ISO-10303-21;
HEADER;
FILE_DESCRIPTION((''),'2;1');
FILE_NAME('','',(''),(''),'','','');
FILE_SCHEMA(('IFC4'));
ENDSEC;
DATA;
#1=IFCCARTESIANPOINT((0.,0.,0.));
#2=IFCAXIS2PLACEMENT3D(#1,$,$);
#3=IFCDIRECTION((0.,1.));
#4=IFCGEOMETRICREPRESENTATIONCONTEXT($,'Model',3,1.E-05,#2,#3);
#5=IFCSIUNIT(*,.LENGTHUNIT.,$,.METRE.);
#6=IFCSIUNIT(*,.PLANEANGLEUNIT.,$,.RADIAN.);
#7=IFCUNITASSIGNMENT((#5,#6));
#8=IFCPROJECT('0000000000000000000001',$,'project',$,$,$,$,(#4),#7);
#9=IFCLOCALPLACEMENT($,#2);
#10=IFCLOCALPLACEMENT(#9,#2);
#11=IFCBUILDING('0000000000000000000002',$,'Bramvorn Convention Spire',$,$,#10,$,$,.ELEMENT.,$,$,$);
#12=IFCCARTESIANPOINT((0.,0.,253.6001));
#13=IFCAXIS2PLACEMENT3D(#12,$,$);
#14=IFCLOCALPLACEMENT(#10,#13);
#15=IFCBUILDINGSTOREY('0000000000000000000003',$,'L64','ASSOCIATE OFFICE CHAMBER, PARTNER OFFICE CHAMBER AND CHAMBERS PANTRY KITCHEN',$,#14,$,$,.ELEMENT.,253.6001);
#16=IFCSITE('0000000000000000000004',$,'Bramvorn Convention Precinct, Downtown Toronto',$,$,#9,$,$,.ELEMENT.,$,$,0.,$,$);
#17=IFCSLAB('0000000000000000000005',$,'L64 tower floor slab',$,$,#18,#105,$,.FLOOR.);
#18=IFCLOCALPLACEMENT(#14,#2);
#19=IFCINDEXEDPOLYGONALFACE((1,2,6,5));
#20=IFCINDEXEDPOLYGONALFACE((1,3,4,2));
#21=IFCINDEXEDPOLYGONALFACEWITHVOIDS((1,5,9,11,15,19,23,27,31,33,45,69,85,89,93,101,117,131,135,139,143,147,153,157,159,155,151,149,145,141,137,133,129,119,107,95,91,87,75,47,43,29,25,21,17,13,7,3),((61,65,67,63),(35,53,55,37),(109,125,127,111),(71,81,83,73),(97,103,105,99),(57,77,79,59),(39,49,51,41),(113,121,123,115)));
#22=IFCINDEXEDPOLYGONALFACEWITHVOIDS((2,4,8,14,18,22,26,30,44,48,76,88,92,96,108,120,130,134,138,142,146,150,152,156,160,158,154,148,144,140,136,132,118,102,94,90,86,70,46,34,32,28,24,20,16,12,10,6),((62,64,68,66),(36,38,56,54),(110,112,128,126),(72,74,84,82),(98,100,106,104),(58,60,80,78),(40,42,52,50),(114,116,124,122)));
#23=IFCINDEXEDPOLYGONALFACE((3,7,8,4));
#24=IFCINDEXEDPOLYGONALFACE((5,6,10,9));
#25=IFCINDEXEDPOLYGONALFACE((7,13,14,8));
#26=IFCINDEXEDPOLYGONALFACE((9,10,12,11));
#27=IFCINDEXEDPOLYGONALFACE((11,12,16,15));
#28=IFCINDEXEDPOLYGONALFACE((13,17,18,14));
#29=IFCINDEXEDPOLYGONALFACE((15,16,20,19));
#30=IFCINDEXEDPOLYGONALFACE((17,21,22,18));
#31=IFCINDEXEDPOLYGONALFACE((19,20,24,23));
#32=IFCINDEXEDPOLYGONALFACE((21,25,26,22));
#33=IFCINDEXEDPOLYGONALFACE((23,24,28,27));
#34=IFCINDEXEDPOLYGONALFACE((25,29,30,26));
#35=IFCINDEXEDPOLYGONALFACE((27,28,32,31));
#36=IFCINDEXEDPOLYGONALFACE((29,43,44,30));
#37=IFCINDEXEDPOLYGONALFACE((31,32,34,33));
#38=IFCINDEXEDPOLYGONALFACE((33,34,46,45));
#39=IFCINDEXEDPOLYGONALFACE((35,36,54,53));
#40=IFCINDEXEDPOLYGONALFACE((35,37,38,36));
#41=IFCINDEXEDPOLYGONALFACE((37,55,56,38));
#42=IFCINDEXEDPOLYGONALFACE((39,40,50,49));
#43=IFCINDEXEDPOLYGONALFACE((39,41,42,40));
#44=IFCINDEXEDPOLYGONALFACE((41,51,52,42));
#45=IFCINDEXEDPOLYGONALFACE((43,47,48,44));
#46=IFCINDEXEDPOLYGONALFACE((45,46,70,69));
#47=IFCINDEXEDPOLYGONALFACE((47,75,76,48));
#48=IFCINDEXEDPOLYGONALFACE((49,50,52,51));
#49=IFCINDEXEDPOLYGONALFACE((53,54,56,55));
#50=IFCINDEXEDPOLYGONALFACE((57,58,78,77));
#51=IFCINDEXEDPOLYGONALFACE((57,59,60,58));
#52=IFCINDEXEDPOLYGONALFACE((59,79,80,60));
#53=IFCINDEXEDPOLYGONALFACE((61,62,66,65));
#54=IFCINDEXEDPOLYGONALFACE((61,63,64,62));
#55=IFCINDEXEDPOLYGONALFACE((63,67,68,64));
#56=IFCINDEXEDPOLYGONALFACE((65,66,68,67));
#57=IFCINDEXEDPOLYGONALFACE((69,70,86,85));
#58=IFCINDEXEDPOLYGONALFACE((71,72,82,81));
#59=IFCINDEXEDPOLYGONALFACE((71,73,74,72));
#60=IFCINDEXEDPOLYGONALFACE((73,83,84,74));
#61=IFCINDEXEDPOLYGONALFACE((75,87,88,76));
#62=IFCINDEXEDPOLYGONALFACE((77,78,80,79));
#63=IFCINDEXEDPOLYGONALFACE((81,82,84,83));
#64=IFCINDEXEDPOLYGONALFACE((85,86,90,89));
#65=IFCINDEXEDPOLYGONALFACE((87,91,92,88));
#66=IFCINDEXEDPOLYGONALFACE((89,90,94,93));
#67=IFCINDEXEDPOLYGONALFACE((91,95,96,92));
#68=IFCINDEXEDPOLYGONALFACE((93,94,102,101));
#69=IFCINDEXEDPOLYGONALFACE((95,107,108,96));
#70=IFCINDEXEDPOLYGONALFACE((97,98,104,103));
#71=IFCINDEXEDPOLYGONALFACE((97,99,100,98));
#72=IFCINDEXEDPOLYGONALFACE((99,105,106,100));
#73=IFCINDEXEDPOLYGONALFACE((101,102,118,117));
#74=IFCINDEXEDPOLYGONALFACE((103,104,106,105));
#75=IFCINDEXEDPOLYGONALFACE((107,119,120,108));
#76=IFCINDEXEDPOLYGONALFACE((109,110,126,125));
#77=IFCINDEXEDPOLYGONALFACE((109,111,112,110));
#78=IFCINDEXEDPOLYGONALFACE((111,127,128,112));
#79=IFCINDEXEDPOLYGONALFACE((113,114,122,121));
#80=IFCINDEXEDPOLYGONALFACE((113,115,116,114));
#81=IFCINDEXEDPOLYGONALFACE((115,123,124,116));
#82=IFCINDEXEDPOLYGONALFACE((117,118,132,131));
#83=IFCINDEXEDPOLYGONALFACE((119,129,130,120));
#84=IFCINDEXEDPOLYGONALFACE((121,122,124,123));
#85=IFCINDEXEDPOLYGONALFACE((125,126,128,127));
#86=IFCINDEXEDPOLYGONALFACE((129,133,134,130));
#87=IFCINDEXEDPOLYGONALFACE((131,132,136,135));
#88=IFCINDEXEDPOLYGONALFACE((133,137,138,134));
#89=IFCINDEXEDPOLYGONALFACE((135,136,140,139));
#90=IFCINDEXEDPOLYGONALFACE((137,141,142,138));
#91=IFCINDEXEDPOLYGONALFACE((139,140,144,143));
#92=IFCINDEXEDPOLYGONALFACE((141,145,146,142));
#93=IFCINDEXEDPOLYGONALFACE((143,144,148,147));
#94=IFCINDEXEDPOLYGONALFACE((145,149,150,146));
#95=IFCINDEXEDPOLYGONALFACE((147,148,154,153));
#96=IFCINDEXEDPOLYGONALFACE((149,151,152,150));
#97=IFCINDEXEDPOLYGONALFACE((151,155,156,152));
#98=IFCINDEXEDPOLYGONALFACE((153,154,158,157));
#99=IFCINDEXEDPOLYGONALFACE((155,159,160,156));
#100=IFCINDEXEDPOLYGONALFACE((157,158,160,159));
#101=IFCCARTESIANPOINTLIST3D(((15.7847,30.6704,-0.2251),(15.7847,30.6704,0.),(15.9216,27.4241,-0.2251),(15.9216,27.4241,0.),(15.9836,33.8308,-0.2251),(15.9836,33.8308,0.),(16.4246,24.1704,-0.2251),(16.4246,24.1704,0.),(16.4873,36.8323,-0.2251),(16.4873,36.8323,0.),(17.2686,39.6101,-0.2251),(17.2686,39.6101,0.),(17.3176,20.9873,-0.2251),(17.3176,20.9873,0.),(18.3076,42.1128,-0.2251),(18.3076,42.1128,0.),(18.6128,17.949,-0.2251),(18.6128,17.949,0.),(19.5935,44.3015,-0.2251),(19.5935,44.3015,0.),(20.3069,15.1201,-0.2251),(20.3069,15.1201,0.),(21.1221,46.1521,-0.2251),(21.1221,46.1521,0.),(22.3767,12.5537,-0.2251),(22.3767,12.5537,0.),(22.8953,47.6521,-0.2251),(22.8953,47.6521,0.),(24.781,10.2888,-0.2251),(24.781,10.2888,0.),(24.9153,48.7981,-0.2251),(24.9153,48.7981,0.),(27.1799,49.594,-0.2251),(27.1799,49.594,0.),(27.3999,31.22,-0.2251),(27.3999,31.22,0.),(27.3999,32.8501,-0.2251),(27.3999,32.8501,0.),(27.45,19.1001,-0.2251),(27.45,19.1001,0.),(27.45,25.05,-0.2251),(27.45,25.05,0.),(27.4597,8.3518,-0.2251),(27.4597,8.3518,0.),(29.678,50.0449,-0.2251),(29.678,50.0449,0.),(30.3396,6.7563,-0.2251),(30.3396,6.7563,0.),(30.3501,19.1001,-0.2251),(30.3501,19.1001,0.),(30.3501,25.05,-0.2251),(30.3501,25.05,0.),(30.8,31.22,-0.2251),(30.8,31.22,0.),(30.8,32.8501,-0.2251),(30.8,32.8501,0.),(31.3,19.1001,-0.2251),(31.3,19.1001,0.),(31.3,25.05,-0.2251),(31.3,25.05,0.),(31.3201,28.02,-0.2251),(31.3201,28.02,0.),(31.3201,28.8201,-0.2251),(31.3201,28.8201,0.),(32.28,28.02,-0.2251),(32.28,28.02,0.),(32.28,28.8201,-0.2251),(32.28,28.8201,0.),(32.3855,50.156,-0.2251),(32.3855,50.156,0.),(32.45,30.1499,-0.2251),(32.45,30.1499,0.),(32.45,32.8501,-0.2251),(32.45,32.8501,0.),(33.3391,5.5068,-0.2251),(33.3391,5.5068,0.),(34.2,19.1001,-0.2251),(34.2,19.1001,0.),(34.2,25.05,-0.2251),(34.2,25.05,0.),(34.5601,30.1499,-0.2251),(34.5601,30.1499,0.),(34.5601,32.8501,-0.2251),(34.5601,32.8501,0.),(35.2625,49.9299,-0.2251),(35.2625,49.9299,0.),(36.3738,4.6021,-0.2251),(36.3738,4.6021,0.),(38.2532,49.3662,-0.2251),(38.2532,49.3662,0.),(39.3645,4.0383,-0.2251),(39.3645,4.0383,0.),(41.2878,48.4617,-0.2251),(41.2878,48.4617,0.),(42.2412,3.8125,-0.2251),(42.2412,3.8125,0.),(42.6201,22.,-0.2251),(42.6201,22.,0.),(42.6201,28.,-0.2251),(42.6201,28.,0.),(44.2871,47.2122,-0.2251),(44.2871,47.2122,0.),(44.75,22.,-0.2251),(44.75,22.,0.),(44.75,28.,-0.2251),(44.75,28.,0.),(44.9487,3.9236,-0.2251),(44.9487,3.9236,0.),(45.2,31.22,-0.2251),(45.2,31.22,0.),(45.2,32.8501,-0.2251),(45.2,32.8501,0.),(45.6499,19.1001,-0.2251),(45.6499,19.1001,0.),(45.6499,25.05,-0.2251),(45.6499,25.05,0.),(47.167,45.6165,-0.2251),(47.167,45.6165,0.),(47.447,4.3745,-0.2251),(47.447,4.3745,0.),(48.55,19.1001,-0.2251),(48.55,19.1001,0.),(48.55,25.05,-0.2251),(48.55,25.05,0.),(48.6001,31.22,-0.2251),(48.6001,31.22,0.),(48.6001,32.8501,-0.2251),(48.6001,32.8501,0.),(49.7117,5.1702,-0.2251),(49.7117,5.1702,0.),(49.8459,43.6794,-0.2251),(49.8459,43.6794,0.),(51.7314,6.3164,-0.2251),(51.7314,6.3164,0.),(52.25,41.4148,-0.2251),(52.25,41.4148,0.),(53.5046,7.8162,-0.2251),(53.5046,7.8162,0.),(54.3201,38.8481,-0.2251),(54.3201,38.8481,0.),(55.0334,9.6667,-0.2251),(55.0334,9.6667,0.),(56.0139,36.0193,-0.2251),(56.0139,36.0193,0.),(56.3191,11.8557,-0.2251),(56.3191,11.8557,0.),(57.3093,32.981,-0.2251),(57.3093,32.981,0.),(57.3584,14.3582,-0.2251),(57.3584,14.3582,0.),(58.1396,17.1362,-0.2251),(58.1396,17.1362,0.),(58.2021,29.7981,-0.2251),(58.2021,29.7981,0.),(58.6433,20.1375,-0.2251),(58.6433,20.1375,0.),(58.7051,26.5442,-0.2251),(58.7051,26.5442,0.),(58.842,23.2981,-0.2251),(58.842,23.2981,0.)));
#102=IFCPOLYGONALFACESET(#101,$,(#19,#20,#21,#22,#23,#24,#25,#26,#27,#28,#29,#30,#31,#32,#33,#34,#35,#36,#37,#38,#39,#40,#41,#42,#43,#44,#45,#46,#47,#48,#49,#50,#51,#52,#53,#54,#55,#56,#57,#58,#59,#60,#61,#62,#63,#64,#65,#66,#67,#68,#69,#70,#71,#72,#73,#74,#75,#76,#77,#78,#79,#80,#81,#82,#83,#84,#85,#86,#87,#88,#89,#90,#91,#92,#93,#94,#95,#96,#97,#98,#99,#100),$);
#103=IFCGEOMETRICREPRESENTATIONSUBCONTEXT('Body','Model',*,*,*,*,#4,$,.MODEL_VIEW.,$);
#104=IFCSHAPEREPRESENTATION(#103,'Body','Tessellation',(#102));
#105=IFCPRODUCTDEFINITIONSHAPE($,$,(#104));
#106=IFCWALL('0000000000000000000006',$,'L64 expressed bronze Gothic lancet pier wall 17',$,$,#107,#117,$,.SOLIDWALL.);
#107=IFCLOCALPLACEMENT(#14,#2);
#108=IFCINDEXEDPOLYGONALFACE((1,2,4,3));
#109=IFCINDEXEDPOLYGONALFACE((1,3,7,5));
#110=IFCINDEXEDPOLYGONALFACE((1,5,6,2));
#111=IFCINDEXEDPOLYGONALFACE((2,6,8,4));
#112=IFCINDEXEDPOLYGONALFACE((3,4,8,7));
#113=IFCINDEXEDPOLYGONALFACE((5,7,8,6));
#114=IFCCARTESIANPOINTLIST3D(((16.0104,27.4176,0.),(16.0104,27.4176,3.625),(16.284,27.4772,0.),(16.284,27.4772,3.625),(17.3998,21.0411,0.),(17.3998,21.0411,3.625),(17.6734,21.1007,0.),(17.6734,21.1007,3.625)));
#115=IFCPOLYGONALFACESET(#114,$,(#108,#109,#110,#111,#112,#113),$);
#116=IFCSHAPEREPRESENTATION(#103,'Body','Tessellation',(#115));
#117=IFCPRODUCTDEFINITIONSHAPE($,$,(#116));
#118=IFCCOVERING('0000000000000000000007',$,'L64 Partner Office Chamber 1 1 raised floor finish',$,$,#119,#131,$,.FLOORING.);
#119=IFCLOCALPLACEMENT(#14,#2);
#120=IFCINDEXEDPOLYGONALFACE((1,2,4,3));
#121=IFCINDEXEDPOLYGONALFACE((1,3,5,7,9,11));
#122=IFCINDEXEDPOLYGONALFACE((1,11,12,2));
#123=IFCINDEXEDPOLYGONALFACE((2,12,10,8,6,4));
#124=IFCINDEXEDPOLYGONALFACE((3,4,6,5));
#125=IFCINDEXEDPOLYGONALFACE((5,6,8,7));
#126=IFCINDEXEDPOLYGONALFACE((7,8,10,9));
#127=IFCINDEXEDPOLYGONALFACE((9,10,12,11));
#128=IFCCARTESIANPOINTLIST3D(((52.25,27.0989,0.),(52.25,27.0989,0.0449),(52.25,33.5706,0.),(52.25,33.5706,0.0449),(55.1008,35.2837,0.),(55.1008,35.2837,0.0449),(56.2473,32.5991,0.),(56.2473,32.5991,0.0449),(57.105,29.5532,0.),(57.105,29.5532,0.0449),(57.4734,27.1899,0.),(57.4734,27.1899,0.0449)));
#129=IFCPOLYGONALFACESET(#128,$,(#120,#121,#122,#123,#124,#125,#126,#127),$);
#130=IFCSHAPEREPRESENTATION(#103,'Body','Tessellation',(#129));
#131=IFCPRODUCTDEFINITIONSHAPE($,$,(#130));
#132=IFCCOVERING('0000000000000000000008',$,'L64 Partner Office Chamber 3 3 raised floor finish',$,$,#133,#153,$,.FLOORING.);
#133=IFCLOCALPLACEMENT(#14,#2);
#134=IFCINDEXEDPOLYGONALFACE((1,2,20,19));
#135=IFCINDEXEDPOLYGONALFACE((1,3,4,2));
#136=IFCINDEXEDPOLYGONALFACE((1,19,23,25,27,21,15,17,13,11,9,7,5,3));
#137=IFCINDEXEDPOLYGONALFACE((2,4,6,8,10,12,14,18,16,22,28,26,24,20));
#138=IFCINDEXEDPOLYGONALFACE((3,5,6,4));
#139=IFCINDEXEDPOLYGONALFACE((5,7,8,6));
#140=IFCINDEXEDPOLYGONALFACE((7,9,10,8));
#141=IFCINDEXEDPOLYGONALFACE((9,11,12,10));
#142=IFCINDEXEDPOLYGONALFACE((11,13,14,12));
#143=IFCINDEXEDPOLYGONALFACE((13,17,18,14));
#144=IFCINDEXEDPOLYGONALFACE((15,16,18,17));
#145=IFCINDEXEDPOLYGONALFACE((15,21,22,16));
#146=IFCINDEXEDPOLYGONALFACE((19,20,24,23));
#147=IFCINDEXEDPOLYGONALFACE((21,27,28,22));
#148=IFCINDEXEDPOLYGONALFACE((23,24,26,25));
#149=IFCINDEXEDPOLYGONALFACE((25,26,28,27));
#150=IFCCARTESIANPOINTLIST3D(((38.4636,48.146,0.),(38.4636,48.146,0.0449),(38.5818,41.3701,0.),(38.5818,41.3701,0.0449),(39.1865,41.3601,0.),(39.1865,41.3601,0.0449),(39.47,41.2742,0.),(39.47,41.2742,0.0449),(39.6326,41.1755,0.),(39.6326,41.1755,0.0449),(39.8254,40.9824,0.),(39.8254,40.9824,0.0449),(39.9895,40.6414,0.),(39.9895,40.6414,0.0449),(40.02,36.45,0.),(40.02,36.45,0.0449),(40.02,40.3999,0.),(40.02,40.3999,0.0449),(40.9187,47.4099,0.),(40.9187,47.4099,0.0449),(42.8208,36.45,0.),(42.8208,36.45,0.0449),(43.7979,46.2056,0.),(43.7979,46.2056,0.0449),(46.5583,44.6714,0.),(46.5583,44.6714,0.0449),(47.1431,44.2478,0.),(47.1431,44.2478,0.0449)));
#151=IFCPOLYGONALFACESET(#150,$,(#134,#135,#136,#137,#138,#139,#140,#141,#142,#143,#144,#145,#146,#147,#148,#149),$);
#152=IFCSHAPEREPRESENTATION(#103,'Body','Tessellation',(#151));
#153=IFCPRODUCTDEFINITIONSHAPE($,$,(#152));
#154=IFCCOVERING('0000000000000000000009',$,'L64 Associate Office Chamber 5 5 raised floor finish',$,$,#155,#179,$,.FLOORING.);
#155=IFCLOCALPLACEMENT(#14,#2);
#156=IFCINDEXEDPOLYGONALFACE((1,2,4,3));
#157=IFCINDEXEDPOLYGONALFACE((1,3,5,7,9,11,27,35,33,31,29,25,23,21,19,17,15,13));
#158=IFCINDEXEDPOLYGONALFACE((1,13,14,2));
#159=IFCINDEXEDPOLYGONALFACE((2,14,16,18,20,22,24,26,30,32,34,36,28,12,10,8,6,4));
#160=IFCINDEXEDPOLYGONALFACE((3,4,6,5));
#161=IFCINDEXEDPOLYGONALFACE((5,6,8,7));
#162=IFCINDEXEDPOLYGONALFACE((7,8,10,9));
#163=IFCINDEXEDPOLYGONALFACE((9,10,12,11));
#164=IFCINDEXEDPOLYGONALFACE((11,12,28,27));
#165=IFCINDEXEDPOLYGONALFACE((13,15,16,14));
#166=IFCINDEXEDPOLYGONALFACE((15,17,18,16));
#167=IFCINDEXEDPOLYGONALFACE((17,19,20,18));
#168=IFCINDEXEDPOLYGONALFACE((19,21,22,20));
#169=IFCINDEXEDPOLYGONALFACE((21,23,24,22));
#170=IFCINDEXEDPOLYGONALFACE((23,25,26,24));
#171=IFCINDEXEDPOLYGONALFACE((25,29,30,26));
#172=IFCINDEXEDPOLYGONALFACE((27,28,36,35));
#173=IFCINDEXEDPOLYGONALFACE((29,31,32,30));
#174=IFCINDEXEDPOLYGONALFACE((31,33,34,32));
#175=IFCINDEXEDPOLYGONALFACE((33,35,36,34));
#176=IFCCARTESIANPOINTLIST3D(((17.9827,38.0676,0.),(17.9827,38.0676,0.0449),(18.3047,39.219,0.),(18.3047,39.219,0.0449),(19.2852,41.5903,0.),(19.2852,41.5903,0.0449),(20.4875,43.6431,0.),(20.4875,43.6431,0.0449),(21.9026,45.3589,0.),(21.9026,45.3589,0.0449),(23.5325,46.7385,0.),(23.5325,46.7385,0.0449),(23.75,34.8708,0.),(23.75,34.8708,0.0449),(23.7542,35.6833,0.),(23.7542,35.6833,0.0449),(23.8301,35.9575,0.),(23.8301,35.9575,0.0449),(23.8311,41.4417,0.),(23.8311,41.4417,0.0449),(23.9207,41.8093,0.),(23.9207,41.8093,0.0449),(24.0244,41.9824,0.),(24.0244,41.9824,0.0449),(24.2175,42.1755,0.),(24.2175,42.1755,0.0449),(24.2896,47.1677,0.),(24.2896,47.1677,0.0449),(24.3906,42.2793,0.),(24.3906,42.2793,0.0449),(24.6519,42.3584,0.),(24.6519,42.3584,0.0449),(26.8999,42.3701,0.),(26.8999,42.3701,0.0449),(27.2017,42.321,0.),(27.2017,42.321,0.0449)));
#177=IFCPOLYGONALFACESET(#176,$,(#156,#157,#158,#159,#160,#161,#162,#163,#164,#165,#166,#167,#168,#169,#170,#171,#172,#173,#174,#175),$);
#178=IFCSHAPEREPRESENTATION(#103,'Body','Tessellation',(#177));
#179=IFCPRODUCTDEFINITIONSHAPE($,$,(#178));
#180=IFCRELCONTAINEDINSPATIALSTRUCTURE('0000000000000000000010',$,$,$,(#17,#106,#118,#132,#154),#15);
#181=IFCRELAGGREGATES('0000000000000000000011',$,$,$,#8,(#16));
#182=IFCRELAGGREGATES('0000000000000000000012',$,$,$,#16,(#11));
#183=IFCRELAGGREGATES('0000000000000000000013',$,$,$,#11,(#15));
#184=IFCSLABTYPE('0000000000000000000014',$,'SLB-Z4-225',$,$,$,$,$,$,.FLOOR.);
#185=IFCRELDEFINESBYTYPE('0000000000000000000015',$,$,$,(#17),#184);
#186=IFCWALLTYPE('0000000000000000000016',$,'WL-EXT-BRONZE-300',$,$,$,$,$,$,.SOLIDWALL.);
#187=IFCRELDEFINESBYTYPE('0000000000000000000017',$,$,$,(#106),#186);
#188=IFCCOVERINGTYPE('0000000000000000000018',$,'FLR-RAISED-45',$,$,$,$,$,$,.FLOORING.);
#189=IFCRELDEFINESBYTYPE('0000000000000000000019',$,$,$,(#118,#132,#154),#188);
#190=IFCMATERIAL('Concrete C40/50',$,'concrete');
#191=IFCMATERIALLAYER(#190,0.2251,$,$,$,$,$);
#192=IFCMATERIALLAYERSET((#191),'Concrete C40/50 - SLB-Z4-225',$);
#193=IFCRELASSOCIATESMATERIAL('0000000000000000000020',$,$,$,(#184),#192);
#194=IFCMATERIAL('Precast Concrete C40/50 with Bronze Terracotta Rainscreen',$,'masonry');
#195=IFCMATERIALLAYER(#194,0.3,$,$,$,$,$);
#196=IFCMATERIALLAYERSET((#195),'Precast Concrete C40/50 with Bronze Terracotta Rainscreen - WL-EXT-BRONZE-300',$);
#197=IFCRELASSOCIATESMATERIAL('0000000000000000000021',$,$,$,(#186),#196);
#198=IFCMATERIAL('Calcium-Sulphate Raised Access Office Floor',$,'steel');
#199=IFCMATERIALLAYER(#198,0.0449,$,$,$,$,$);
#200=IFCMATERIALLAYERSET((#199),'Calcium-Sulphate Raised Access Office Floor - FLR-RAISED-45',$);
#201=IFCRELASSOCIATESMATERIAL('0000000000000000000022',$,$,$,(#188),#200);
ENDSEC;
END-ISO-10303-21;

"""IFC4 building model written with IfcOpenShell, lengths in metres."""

from ifc_helpers import new_model, si_unit, direction, frame, frame_2d, origin, place, context, subcontext, project, spatial, polyline, rectangle, outline, extrude, material, layer, layer_set, type_object, element, save


model = new_model("IFC4")

# Units and contexts
model_context = context("Model", 3, precision=1e-05, world=origin(), true_north=direction((0.0, 1.0)))
body_context = subcontext(model_context, "Body", "Model", "MODEL_VIEW")
ifc_project = project(units=[si_unit("LENGTHUNIT", "METRE"), si_unit("PLANEANGLEUNIT", "RADIAN")], contexts=[model_context])

# Site, building, storey
site_placement = place(None, origin())
site = spatial("IfcSite", under=ifc_project, at=site_placement, Name="Bramvorn Convention Precinct, Downtown Toronto", CompositionType="ELEMENT", RefElevation=0.0)
building_placement = place(site_placement, origin())
building = spatial("IfcBuilding", under=site, at=building_placement, Name="Bramvorn Convention Spire", CompositionType="ELEMENT")
storey_placement = place(building_placement, frame((0.0, 0.0, 253.6001)))
storey = spatial("IfcBuildingStorey", under=building, at=storey_placement, Name="L64", Description="ASSOCIATE OFFICE CHAMBER, PARTNER OFFICE CHAMBER AND CHAMBERS PANTRY KITCHEN", CompositionType="ELEMENT", Elevation=253.6001)

# Slab
ifc_material_1 = material(Name="Concrete C40/50", Category="concrete")
ifc_layer_1 = layer(ifc_material_1, 0.2251)
ifc_layer_set_1 = layer_set([ifc_layer_1], Name="Concrete C40/50 - SLB-Z4-225")
slab_type_1 = type_object("IfcSlabType", Name="SLB-Z4-225", PredefinedType="FLOOR", material=ifc_layer_set_1)
slab_1_placement = place(storey_placement, frame((0.0, 0.0, -0.2251)))
element("IfcSlab", 1, at=slab_1_placement, inside=storey, type_object=slab_type_1, Name="L64 tower floor slab", PredefinedType="FLOOR", context=body_context, shape_type="SweptSolid", body=[
    extrude(outline(polyline([(51.7314, 6.3164), (53.5046, 7.8162), (55.0334, 9.6667), (56.3191, 11.8557), (57.3584, 14.3582), (58.1396, 17.1362), (58.6433, 20.1375), (58.842, 23.2981), (58.7051, 26.5442), (58.2021, 29.7981), (57.3093, 32.981), (56.0139, 36.0193), (54.3201, 38.8481), (52.25, 41.4148), (49.8459, 43.6794), (47.167, 45.6165), (44.2871, 47.2122), (41.2878, 48.4617), (38.2532, 49.3662), (35.2625, 49.9299), (32.3855, 50.156), (29.678, 50.0449), (27.1799, 49.594), (24.9153, 48.7981), (22.8953, 47.6521), (21.1221, 46.1521), (19.5935, 44.3015), (18.3076, 42.1128), (17.2686, 39.6101), (16.4873, 36.8323), (15.9836, 33.8308), (15.7847, 30.6704), (15.9216, 27.4241), (16.4246, 24.1704), (17.3176, 20.9873), (18.6128, 17.949), (20.3069, 15.1201), (22.3767, 12.5537), (24.781, 10.2888), (27.4597, 8.3518), (30.3396, 6.7563), (33.3391, 5.5068), (36.3738, 4.6021), (39.3645, 4.0383), (42.2412, 3.8125), (44.9487, 3.9236), (47.447, 4.3745), (49.7117, 5.1702), (51.7314, 6.3164)]), holes=[polyline([(27.45, 25.05), (27.45, 19.1001), (30.3501, 19.1001), (30.3501, 25.05), (27.45, 25.05)]), polyline([(45.6499, 25.05), (45.6499, 19.1001), (48.55, 19.1001), (48.55, 25.05), (45.6499, 25.05)]), polyline([(31.3, 25.05), (31.3, 19.1001), (34.2, 19.1001), (34.2, 25.05), (31.3, 25.05)]), polyline([(27.3999, 31.22), (30.8, 31.22), (30.8, 32.8501), (27.3999, 32.8501), (27.3999, 31.22)]), polyline([(45.2, 31.22), (48.6001, 31.22), (48.6001, 32.8501), (45.2, 32.8501), (45.2, 31.22)]), polyline([(32.45, 30.1499), (34.5601, 30.1499), (34.5601, 32.8501), (32.45, 32.8501), (32.45, 30.1499)]), polyline([(42.6201, 22.0), (44.75, 22.0), (44.75, 28.0), (42.6201, 28.0), (42.6201, 22.0)]), polyline([(31.3201, 28.02), (32.28, 28.02), (32.28, 28.8201), (31.3201, 28.8201), (31.3201, 28.02)])]), origin(), (0.0, 0.0, 1.0), 0.2251),
])

# Wall
ifc_material_2 = material(Name="Precast Concrete C40/50 with Bronze Terracotta Rainscreen", Category="masonry")
ifc_layer_2 = layer(ifc_material_2, 0.3)
ifc_layer_set_2 = layer_set([ifc_layer_2], Name="Precast Concrete C40/50 with Bronze Terracotta Rainscreen - WL-EXT-BRONZE-300")
wall_type = type_object("IfcWallType", Name="WL-EXT-BRONZE-300", PredefinedType="SOLIDWALL", material=ifc_layer_set_2)
wall_placement = place(storey_placement, frame((17.5366, 21.0708, 0.0), z_axis=(0.0, 0.0, 1.0), x_axis=(-0.2129, 0.977074, 0.0)))
element("IfcWall", 2, at=wall_placement, inside=storey, type_object=wall_type, Name="L64 expressed bronze Gothic lancet pier wall 17", PredefinedType="SOLIDWALL", context=body_context, shape_type="SweptSolid", body=[
    extrude(rectangle(XDim=6.5261, YDim=0.28, at=frame_2d((3.2632, 0.0))), origin(), (0.0, 0.0, 1.0), 3.625),
])

# Coverings
ifc_material_3 = material(Name="Calcium-Sulphate Raised Access Office Floor", Category="steel")
ifc_layer_3 = layer(ifc_material_3, 0.0449)
ifc_layer_set_3 = layer_set([ifc_layer_3], Name="Calcium-Sulphate Raised Access Office Floor - FLR-RAISED-45")
covering_type = type_object("IfcCoveringType", Name="FLR-RAISED-45", PredefinedType="FLOORING", material=ifc_layer_set_3)
covering_1_placement = place(storey_placement, origin())
element("IfcCovering", 3, at=covering_1_placement, inside=storey, type_object=covering_type, Name="L64 Partner Office Chamber 1 1 raised floor finish", PredefinedType="FLOORING", context=body_context, shape_type="SweptSolid", body=[
    extrude(outline(polyline([(52.25, 33.5706), (52.25, 27.0989), (57.4734, 27.1899), (57.105, 29.5532), (56.2473, 32.5991), (55.1008, 35.2837), (52.25, 33.5706)])), origin(), (0.0, 0.0, 1.0), 0.0449),
])
covering_2_placement = place(storey_placement, origin())
element("IfcCovering", 4, at=covering_2_placement, inside=storey, type_object=covering_type, Name="L64 Partner Office Chamber 3 3 raised floor finish", PredefinedType="FLOORING", context=body_context, shape_type="SweptSolid", body=[
    extrude(outline(polyline([(38.5818, 41.3701), (39.1865, 41.3601), (39.47, 41.2742), (39.6326, 41.1755), (39.8254, 40.9824), (39.9895, 40.6414), (40.02, 40.3999), (40.02, 36.45), (42.8208, 36.45), (47.1431, 44.2478), (46.5583, 44.6714), (43.7979, 46.2056), (40.9187, 47.4099), (38.4636, 48.146), (38.5818, 41.3701)])), origin(), (0.0, 0.0, 1.0), 0.0449),
])
covering_3_placement = place(storey_placement, origin())
element("IfcCovering", 5, at=covering_3_placement, inside=storey, type_object=covering_type, Name="L64 Associate Office Chamber 5 5 raised floor finish", PredefinedType="FLOORING", context=body_context, shape_type="SweptSolid", body=[
    extrude(outline(polyline([(18.3047, 39.219), (17.9827, 38.0676), (23.75, 34.8708), (23.7542, 35.6833), (23.8301, 35.9575), (23.8311, 41.4417), (23.9207, 41.8093), (24.0244, 41.9824), (24.2175, 42.1755), (24.3906, 42.2793), (24.6519, 42.3584), (26.8999, 42.3701), (27.2017, 42.321), (24.2896, 47.1677), (23.5325, 46.7385), (21.9026, 45.3589), (20.4875, 43.6431), (19.2852, 41.5903), (18.3047, 39.219)])), origin(), (0.0, 0.0, 1.0), 0.0449),
])

save(model, "model.ifc")
